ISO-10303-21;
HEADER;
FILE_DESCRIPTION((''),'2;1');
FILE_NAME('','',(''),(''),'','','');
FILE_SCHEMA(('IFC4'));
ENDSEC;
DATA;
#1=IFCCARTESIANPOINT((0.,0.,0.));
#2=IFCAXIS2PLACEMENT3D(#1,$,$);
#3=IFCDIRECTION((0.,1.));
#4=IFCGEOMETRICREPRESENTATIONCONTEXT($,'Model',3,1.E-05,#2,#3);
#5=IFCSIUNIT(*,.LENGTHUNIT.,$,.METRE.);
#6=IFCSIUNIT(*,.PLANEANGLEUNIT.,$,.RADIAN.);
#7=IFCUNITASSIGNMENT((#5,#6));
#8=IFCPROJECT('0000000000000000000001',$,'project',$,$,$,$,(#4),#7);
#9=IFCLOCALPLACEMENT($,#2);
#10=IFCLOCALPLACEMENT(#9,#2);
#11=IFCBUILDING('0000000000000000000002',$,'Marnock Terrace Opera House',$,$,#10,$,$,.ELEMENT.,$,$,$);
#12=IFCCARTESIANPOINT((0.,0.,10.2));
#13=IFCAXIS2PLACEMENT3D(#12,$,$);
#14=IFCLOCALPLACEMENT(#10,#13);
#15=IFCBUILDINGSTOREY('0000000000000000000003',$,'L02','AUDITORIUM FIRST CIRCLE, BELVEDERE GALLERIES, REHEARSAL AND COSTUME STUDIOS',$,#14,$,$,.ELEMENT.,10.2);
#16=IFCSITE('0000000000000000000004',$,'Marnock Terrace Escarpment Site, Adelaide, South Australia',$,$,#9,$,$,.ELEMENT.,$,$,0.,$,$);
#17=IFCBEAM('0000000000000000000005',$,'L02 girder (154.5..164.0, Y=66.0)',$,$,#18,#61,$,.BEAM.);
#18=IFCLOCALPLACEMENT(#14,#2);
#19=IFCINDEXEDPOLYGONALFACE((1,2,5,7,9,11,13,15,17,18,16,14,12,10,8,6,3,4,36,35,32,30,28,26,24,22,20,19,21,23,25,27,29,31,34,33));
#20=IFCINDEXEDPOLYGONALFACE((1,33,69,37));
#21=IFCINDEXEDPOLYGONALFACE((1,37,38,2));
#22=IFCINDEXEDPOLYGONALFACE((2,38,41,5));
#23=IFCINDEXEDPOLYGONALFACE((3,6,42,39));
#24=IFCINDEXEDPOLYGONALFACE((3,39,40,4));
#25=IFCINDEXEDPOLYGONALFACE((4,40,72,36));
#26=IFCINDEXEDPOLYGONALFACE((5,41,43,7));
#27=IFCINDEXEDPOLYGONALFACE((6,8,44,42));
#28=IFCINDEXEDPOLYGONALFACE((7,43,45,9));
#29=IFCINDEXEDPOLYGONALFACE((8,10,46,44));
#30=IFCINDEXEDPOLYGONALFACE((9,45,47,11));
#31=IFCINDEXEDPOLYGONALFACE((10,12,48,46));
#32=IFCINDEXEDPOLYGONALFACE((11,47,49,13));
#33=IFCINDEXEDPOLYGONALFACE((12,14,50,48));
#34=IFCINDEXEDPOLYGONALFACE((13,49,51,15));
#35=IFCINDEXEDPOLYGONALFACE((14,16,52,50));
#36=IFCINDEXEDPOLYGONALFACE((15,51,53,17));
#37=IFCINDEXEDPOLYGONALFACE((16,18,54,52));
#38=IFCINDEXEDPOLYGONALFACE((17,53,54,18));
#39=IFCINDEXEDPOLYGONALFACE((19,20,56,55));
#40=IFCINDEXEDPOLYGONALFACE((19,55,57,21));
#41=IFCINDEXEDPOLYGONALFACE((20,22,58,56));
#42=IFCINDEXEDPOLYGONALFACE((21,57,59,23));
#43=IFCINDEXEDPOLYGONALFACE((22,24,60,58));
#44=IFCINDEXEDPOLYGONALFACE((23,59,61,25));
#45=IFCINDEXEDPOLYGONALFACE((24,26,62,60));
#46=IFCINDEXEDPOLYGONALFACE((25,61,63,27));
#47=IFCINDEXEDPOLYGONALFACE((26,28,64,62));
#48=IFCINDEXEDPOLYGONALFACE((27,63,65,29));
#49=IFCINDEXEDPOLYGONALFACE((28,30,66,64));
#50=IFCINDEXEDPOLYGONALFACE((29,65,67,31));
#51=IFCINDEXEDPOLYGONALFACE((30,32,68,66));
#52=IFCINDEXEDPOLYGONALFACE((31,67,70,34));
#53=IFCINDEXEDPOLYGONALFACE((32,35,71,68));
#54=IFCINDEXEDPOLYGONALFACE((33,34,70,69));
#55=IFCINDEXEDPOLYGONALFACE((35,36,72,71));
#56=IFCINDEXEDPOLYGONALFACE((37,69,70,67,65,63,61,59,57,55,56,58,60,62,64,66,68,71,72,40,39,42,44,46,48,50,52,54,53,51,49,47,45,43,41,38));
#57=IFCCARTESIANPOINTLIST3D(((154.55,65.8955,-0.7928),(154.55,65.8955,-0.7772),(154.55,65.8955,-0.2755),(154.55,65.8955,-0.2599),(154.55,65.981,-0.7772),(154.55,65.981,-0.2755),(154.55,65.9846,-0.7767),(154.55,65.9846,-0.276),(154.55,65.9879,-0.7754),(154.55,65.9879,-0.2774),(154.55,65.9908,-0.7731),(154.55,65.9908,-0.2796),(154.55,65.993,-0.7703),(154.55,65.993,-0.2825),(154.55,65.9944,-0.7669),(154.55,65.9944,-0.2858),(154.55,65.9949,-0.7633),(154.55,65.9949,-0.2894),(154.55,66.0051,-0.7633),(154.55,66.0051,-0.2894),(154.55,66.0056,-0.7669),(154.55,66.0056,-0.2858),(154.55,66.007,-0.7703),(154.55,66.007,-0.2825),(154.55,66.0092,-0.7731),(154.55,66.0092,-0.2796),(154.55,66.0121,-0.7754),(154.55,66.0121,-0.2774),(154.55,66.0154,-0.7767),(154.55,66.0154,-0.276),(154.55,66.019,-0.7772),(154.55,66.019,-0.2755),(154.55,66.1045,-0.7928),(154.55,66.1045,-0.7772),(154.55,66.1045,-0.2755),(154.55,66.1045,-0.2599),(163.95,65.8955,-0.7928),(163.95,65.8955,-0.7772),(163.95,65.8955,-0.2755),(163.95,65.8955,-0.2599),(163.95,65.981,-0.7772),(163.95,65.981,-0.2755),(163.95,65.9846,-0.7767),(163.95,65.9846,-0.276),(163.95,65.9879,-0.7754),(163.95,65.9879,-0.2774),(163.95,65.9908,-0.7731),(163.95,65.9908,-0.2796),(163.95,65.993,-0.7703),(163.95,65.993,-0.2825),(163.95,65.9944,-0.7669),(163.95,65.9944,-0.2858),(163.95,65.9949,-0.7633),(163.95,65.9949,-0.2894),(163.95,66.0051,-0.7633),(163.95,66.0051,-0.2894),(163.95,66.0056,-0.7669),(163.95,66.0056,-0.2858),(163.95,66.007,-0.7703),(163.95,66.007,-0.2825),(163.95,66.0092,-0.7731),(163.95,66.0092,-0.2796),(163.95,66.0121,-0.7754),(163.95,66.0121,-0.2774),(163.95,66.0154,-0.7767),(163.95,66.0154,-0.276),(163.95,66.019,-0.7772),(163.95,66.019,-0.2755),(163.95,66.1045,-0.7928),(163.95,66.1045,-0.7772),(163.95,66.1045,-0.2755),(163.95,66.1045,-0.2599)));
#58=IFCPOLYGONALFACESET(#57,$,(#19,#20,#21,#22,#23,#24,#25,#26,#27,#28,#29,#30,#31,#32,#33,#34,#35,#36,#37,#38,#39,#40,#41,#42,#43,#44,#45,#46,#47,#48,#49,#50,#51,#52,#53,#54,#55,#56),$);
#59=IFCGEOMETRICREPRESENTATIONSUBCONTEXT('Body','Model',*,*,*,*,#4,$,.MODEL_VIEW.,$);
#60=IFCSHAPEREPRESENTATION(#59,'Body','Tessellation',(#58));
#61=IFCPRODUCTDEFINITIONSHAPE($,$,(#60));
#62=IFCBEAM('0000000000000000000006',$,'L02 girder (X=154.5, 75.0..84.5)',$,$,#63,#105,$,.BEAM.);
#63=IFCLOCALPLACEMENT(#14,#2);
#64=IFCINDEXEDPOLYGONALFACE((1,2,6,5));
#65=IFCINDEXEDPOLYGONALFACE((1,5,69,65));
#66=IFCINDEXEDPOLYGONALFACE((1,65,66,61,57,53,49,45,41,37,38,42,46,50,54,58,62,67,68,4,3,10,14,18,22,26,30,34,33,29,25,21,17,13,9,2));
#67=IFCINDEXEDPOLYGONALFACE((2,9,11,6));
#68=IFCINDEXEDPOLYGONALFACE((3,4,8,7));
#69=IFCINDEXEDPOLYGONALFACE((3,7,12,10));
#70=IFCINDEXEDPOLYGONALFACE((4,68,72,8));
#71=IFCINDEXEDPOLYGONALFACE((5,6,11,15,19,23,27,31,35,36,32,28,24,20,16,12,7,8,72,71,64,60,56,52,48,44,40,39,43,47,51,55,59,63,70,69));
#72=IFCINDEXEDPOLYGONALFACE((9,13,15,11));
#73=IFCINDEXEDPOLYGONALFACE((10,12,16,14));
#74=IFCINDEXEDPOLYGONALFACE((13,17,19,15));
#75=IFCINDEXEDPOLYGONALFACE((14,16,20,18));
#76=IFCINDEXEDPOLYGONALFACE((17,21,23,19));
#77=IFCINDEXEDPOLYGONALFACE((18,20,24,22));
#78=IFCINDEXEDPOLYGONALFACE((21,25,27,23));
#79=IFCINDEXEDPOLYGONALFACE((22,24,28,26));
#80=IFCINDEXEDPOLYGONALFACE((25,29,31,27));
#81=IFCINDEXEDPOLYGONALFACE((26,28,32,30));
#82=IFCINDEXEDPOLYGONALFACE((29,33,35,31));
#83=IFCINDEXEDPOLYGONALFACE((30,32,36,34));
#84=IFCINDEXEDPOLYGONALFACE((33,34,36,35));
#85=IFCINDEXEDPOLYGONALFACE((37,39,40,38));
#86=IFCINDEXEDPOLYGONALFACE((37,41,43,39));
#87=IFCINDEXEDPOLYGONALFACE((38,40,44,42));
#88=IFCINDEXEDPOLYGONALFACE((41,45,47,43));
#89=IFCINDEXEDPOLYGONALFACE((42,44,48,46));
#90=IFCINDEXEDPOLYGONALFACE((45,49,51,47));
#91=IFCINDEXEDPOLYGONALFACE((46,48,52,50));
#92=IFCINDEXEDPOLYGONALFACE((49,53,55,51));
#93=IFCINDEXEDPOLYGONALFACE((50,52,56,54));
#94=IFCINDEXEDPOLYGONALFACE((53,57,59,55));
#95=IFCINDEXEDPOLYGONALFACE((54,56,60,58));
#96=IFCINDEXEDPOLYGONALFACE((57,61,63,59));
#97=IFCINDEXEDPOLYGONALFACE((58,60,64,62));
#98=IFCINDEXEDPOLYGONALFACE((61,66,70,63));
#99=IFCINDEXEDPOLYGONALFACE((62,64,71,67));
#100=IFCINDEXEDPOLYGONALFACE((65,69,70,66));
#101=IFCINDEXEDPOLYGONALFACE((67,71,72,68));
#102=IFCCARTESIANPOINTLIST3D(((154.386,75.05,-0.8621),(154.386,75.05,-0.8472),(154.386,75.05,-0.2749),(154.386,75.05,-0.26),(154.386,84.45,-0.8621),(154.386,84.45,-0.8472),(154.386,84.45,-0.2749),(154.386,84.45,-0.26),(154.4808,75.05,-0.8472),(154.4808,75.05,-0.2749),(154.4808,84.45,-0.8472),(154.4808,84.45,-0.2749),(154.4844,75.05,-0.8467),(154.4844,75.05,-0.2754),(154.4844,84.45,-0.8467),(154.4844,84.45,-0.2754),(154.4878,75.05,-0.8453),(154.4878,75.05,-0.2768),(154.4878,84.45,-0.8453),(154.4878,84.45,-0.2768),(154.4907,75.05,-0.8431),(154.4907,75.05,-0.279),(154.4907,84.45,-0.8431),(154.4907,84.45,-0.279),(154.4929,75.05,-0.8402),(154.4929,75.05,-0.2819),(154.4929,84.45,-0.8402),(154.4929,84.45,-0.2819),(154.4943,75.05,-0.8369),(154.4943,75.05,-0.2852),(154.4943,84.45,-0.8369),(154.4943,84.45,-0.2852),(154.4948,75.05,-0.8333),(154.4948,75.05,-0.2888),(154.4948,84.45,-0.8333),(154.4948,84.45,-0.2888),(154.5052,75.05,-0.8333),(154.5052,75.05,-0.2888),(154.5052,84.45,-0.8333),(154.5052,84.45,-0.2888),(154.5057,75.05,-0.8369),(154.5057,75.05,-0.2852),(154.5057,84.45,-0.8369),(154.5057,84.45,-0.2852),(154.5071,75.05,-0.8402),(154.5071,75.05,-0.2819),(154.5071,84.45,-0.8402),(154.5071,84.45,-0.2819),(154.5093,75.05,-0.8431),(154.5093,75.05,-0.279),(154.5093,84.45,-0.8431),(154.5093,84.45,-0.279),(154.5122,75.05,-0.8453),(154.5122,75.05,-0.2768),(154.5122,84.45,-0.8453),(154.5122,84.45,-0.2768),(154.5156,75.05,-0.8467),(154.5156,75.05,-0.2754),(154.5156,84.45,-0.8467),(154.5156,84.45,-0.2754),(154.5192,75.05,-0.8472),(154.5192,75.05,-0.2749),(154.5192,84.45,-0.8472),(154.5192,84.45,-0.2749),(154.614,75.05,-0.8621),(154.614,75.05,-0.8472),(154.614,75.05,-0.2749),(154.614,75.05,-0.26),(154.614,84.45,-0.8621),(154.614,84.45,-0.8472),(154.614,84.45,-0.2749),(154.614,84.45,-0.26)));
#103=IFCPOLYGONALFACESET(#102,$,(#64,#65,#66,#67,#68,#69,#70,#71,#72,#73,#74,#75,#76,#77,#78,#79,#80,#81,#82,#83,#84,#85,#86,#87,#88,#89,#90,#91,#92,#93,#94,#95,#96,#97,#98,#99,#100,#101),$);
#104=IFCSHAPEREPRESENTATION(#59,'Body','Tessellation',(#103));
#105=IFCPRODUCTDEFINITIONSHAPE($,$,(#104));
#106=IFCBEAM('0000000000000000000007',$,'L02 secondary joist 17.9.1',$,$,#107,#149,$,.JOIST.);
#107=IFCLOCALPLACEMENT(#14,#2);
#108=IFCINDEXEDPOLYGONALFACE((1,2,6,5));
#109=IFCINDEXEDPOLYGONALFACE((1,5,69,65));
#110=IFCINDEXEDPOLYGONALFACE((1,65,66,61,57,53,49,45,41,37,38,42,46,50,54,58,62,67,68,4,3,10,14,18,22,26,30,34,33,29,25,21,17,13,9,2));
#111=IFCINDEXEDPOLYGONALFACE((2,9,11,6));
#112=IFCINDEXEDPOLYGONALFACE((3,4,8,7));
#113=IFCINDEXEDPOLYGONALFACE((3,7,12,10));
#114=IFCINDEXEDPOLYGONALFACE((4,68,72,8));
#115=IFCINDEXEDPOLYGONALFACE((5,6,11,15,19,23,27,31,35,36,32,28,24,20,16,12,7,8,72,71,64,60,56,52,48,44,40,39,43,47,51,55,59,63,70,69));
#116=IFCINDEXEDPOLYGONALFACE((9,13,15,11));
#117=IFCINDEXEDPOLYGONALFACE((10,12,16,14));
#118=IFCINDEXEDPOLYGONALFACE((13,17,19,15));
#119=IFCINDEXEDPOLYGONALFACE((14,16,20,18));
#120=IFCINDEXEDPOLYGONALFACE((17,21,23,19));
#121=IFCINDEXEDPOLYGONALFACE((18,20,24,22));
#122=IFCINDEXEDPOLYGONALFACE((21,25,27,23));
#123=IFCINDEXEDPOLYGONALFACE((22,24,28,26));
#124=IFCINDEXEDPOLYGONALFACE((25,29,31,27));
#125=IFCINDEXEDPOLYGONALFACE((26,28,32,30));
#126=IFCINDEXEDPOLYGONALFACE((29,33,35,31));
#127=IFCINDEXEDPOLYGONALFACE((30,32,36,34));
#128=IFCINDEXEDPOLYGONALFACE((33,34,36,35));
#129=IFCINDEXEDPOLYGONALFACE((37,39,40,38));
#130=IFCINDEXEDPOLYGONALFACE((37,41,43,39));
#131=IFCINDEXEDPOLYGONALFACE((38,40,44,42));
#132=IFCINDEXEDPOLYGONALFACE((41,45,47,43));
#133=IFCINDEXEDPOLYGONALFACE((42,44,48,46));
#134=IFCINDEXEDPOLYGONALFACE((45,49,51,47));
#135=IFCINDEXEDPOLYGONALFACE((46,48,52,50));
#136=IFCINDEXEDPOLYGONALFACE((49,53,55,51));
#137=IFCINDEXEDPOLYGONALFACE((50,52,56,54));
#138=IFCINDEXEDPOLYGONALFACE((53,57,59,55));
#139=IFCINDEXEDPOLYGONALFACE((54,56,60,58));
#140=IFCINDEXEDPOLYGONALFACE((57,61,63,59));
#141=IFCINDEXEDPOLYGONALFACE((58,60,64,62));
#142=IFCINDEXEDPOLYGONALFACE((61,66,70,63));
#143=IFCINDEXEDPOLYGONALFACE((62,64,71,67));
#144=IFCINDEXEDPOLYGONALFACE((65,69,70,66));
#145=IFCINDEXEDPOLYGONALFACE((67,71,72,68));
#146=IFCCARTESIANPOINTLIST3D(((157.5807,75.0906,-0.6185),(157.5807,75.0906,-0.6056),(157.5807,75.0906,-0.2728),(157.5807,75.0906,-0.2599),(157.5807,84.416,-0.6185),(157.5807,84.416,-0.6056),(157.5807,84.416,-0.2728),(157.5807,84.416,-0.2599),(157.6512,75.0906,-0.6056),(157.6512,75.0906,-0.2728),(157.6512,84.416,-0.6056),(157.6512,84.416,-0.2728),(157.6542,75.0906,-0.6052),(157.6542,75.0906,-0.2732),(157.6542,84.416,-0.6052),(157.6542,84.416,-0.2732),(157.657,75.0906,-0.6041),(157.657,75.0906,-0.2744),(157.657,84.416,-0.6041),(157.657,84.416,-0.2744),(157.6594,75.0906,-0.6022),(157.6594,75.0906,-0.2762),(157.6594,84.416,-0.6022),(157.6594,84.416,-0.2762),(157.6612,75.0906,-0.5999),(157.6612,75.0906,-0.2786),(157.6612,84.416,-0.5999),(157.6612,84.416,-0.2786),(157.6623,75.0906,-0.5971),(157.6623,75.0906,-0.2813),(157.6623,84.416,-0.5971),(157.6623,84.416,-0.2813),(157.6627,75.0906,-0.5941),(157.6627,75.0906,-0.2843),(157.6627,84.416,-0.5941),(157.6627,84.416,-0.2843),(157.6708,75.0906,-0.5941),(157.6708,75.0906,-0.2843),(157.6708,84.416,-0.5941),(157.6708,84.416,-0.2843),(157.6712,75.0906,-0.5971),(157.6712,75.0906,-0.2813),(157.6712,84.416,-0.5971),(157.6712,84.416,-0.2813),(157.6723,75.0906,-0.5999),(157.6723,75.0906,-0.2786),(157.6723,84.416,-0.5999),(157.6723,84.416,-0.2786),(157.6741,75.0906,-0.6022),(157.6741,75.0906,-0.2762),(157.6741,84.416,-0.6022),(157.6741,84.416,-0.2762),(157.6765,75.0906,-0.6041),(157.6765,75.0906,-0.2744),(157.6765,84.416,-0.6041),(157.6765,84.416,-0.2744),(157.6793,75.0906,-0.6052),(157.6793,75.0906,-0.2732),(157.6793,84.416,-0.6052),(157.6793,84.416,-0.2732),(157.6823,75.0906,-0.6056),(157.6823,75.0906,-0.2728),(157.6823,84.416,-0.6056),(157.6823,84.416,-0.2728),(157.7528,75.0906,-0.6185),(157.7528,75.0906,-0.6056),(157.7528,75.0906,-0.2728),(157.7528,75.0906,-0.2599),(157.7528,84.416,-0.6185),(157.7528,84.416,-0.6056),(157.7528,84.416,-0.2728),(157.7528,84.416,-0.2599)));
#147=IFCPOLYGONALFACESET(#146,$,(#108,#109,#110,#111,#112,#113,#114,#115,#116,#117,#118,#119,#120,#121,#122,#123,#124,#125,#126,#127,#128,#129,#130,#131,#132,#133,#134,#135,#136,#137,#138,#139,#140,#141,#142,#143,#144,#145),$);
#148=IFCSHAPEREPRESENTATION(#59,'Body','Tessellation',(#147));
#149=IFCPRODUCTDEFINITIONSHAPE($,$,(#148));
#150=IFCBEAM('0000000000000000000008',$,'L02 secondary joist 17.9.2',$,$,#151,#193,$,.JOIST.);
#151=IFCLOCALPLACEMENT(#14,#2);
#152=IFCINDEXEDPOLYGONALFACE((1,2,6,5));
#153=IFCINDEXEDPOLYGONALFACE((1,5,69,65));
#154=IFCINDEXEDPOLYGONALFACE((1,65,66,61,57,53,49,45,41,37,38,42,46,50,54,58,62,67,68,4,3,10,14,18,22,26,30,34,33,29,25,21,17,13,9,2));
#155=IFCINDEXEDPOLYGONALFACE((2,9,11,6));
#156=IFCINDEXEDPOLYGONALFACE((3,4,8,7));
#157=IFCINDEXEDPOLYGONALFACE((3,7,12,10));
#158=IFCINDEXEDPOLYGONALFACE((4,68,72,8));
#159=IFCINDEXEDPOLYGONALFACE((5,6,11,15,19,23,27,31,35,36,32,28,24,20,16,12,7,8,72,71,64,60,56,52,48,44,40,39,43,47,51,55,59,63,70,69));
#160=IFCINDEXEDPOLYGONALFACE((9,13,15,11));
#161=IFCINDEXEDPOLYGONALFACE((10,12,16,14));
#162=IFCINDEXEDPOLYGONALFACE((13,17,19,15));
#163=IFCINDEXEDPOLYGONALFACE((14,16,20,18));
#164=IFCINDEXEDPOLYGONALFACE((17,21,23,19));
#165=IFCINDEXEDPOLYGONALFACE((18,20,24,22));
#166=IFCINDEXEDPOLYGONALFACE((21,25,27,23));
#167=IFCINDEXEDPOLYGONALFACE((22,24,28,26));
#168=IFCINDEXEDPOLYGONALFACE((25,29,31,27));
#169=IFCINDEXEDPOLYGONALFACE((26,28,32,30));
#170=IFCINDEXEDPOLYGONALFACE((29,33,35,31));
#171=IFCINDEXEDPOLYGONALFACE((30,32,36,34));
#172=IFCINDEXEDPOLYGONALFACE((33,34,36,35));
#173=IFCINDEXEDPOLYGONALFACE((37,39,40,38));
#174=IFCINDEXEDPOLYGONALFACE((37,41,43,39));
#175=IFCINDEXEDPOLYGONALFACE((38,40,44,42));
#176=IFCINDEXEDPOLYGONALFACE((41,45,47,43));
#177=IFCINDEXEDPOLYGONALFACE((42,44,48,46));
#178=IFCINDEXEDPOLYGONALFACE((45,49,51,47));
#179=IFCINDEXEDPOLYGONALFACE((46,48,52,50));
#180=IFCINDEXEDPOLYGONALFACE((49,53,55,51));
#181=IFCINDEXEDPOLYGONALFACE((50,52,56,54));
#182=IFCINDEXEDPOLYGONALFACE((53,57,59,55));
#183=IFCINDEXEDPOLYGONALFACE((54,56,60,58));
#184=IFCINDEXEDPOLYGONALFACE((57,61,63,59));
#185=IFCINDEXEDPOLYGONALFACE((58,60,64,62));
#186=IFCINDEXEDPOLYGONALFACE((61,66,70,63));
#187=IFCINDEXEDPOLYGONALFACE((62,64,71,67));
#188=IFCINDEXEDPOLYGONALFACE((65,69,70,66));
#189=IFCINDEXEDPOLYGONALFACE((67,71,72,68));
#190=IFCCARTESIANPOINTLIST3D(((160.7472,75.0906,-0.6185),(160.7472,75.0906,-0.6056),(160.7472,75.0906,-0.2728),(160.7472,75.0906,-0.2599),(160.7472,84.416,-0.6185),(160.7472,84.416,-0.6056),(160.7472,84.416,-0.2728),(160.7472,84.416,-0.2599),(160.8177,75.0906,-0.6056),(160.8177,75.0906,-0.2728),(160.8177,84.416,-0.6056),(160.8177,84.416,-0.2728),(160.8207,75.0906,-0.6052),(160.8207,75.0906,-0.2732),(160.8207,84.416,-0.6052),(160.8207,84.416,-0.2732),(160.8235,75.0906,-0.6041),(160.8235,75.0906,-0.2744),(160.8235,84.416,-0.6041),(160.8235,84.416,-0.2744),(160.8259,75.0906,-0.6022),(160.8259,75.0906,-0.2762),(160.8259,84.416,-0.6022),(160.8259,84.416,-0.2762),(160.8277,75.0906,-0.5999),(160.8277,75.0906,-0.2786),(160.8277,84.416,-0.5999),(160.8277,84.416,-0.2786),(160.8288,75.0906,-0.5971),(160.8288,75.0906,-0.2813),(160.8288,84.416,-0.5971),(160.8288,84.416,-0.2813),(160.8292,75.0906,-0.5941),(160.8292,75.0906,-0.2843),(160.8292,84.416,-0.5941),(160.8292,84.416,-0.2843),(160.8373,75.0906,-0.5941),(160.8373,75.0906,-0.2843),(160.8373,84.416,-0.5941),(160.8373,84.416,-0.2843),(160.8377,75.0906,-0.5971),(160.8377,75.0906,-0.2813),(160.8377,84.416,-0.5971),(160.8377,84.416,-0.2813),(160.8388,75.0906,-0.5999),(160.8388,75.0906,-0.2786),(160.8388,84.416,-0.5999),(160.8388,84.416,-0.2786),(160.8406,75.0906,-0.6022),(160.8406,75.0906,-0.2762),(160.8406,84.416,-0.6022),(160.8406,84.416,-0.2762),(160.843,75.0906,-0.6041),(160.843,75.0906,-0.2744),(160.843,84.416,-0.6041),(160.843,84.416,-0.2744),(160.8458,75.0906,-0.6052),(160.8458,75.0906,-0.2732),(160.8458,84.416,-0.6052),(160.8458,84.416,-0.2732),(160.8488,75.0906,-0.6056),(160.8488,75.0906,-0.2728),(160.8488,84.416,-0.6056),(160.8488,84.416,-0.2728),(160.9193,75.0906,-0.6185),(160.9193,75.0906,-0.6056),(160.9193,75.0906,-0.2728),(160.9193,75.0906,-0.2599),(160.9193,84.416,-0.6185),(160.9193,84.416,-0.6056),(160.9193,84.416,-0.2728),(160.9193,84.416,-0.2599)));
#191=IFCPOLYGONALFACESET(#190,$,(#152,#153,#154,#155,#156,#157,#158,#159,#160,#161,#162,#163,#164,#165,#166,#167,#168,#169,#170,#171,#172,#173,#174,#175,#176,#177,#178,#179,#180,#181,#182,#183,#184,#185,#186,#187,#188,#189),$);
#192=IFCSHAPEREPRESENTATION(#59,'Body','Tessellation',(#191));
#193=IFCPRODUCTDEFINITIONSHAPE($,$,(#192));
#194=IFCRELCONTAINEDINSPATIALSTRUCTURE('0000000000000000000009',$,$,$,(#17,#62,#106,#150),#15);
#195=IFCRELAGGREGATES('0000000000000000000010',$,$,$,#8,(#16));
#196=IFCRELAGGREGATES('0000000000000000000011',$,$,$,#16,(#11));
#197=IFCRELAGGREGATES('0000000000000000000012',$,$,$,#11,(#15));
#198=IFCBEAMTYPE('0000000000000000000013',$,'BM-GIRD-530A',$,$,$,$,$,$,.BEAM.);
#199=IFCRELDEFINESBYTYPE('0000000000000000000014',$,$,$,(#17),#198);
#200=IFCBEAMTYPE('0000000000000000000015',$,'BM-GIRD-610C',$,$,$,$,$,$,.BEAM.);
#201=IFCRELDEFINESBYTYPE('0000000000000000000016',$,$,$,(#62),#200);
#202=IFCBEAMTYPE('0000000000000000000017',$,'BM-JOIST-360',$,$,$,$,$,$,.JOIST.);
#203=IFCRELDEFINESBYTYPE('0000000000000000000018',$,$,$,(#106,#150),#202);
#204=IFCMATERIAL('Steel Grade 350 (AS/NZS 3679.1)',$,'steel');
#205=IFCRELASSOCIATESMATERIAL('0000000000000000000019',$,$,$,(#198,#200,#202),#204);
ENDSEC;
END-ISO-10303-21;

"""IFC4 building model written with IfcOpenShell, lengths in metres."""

from ifc_helpers import new_model, si_unit, direction, frame, origin, origin_2d, place, context, subcontext, project, spatial, i_section, extrude, material, material_profile, profile_set, type_object, element, save


model = new_model("IFC4")

# Units and contexts
model_context = context("Model", 3, precision=1e-05, world=origin(), true_north=direction((0.0, 1.0)))
body_context = subcontext(model_context, "Body", "Model", "MODEL_VIEW")
ifc_project = project(units=[si_unit("LENGTHUNIT", "METRE"), si_unit("PLANEANGLEUNIT", "RADIAN")], contexts=[model_context])

# Site, building, storey
site_placement = place(None, origin())
site = spatial("IfcSite", under=ifc_project, at=site_placement, Name="Marnock Terrace Escarpment Site, Adelaide, South Australia", CompositionType="ELEMENT", RefElevation=0.0)
building_placement = place(site_placement, origin())
building = spatial("IfcBuilding", under=site, at=building_placement, Name="Marnock Terrace Opera House", CompositionType="ELEMENT")
storey_placement = place(building_placement, frame((0.0, 0.0, 10.2)))
storey = spatial("IfcBuildingStorey", under=building, at=storey_placement, Name="L02", Description="AUDITORIUM FIRST CIRCLE, BELVEDERE GALLERIES, REHEARSAL AND COSTUME STUDIOS", CompositionType="ELEMENT", Elevation=10.2)

# Beams
ifc_material_1 = material(Name="Steel Grade 350 (AS/NZS 3679.1)", Category="steel")
ifc_material_profile_1 = material_profile(ifc_material_1, i_section(OverallWidth=0.209, OverallDepth=0.533, WebThickness=0.0103, FlangeThickness=0.0156, FilletRadius=0.0139, at=origin_2d()))
ifc_profile_set_1 = profile_set([ifc_material_profile_1], Name="Steel Grade 350 (AS/NZS 3679.1)")
beam_type_1 = type_object("IfcBeamType", Name="BM-GIRD-530A", PredefinedType="BEAM", material=ifc_profile_set_1)
beam_1_placement = place(storey_placement, frame((154.55, 66.0, -0.5264), z_axis=(1.0, 0.0, 0.0), x_axis=(0.0, 1.0, 0.0)))
element("IfcBeam", 1, at=beam_1_placement, inside=storey, type_object=beam_type_1, Name="L02 girder (154.5..164.0, Y=66.0)", PredefinedType="BEAM", context=body_context, shape_type="SweptSolid", body=[
    extrude(i_section(OverallWidth=0.209, OverallDepth=0.533, WebThickness=0.0103, FlangeThickness=0.0156, FilletRadius=0.0139, at=origin_2d()), origin(), (0.0, 0.0, 1.0), 9.3999),
])
ifc_material_profile_2 = material_profile(ifc_material_1, i_section(OverallWidth=0.228, OverallDepth=0.6021, WebThickness=0.0105, FlangeThickness=0.0149, FilletRadius=0.0139, at=origin_2d()))
ifc_profile_set_2 = profile_set([ifc_material_profile_2], Name="Steel Grade 350 (AS/NZS 3679.1)")
beam_type_2 = type_object("IfcBeamType", Name="BM-GIRD-610C", PredefinedType="BEAM", material=ifc_profile_set_2)
beam_2_placement = place(storey_placement, frame((154.5, 75.05, -0.561), z_axis=(0.0, 1.0, 0.0), x_axis=(-1.0, 0.0, 0.0)))
element("IfcBeam", 2, at=beam_2_placement, inside=storey, type_object=beam_type_2, Name="L02 girder (X=154.5, 75.0..84.5)", PredefinedType="BEAM", context=body_context, shape_type="SweptSolid", body=[
    extrude(i_section(OverallWidth=0.228, OverallDepth=0.6021, WebThickness=0.0105, FlangeThickness=0.0149, FilletRadius=0.0139, at=origin_2d()), origin(), (0.0, 0.0, 1.0), 9.3999),
])
ifc_material_profile_3 = material_profile(ifc_material_1, i_section(OverallWidth=0.1721, OverallDepth=0.3586, WebThickness=0.0081, FlangeThickness=0.0129, FilletRadius=0.0115, at=origin_2d()))
ifc_profile_set_3 = profile_set([ifc_material_profile_3], Name="Steel Grade 350 (AS/NZS 3679.1)")
beam_type_3 = type_object("IfcBeamType", Name="BM-JOIST-360", PredefinedType="JOIST", material=ifc_profile_set_3)
for number, where, z_axis, x_axis, name in (
    (3, (157.6667, 75.0906, -0.4392), (0.0, 1.0, 0.0), (-1.0, 0.0, 0.0), "L02 secondary joist 17.9.1"),
    (4, (160.8333, 75.0906, -0.4392), (0.0, 1.0, 0.0), (-1.0, 0.0, 0.0), "L02 secondary joist 17.9.2"),
):
    element("IfcBeam", number, at=place(storey_placement, frame(where, z_axis=z_axis, x_axis=x_axis)), inside=storey, type_object=beam_type_3, Name=name, PredefinedType="JOIST", context=body_context, shape_type="SweptSolid", body=[
        extrude(i_section(OverallWidth=0.1721, OverallDepth=0.3586, WebThickness=0.0081, FlangeThickness=0.0129, FilletRadius=0.0115, at=origin_2d()), origin(), (0.0, 0.0, 1.0), 9.3254),
    ])

save(model, "model.ifc")
